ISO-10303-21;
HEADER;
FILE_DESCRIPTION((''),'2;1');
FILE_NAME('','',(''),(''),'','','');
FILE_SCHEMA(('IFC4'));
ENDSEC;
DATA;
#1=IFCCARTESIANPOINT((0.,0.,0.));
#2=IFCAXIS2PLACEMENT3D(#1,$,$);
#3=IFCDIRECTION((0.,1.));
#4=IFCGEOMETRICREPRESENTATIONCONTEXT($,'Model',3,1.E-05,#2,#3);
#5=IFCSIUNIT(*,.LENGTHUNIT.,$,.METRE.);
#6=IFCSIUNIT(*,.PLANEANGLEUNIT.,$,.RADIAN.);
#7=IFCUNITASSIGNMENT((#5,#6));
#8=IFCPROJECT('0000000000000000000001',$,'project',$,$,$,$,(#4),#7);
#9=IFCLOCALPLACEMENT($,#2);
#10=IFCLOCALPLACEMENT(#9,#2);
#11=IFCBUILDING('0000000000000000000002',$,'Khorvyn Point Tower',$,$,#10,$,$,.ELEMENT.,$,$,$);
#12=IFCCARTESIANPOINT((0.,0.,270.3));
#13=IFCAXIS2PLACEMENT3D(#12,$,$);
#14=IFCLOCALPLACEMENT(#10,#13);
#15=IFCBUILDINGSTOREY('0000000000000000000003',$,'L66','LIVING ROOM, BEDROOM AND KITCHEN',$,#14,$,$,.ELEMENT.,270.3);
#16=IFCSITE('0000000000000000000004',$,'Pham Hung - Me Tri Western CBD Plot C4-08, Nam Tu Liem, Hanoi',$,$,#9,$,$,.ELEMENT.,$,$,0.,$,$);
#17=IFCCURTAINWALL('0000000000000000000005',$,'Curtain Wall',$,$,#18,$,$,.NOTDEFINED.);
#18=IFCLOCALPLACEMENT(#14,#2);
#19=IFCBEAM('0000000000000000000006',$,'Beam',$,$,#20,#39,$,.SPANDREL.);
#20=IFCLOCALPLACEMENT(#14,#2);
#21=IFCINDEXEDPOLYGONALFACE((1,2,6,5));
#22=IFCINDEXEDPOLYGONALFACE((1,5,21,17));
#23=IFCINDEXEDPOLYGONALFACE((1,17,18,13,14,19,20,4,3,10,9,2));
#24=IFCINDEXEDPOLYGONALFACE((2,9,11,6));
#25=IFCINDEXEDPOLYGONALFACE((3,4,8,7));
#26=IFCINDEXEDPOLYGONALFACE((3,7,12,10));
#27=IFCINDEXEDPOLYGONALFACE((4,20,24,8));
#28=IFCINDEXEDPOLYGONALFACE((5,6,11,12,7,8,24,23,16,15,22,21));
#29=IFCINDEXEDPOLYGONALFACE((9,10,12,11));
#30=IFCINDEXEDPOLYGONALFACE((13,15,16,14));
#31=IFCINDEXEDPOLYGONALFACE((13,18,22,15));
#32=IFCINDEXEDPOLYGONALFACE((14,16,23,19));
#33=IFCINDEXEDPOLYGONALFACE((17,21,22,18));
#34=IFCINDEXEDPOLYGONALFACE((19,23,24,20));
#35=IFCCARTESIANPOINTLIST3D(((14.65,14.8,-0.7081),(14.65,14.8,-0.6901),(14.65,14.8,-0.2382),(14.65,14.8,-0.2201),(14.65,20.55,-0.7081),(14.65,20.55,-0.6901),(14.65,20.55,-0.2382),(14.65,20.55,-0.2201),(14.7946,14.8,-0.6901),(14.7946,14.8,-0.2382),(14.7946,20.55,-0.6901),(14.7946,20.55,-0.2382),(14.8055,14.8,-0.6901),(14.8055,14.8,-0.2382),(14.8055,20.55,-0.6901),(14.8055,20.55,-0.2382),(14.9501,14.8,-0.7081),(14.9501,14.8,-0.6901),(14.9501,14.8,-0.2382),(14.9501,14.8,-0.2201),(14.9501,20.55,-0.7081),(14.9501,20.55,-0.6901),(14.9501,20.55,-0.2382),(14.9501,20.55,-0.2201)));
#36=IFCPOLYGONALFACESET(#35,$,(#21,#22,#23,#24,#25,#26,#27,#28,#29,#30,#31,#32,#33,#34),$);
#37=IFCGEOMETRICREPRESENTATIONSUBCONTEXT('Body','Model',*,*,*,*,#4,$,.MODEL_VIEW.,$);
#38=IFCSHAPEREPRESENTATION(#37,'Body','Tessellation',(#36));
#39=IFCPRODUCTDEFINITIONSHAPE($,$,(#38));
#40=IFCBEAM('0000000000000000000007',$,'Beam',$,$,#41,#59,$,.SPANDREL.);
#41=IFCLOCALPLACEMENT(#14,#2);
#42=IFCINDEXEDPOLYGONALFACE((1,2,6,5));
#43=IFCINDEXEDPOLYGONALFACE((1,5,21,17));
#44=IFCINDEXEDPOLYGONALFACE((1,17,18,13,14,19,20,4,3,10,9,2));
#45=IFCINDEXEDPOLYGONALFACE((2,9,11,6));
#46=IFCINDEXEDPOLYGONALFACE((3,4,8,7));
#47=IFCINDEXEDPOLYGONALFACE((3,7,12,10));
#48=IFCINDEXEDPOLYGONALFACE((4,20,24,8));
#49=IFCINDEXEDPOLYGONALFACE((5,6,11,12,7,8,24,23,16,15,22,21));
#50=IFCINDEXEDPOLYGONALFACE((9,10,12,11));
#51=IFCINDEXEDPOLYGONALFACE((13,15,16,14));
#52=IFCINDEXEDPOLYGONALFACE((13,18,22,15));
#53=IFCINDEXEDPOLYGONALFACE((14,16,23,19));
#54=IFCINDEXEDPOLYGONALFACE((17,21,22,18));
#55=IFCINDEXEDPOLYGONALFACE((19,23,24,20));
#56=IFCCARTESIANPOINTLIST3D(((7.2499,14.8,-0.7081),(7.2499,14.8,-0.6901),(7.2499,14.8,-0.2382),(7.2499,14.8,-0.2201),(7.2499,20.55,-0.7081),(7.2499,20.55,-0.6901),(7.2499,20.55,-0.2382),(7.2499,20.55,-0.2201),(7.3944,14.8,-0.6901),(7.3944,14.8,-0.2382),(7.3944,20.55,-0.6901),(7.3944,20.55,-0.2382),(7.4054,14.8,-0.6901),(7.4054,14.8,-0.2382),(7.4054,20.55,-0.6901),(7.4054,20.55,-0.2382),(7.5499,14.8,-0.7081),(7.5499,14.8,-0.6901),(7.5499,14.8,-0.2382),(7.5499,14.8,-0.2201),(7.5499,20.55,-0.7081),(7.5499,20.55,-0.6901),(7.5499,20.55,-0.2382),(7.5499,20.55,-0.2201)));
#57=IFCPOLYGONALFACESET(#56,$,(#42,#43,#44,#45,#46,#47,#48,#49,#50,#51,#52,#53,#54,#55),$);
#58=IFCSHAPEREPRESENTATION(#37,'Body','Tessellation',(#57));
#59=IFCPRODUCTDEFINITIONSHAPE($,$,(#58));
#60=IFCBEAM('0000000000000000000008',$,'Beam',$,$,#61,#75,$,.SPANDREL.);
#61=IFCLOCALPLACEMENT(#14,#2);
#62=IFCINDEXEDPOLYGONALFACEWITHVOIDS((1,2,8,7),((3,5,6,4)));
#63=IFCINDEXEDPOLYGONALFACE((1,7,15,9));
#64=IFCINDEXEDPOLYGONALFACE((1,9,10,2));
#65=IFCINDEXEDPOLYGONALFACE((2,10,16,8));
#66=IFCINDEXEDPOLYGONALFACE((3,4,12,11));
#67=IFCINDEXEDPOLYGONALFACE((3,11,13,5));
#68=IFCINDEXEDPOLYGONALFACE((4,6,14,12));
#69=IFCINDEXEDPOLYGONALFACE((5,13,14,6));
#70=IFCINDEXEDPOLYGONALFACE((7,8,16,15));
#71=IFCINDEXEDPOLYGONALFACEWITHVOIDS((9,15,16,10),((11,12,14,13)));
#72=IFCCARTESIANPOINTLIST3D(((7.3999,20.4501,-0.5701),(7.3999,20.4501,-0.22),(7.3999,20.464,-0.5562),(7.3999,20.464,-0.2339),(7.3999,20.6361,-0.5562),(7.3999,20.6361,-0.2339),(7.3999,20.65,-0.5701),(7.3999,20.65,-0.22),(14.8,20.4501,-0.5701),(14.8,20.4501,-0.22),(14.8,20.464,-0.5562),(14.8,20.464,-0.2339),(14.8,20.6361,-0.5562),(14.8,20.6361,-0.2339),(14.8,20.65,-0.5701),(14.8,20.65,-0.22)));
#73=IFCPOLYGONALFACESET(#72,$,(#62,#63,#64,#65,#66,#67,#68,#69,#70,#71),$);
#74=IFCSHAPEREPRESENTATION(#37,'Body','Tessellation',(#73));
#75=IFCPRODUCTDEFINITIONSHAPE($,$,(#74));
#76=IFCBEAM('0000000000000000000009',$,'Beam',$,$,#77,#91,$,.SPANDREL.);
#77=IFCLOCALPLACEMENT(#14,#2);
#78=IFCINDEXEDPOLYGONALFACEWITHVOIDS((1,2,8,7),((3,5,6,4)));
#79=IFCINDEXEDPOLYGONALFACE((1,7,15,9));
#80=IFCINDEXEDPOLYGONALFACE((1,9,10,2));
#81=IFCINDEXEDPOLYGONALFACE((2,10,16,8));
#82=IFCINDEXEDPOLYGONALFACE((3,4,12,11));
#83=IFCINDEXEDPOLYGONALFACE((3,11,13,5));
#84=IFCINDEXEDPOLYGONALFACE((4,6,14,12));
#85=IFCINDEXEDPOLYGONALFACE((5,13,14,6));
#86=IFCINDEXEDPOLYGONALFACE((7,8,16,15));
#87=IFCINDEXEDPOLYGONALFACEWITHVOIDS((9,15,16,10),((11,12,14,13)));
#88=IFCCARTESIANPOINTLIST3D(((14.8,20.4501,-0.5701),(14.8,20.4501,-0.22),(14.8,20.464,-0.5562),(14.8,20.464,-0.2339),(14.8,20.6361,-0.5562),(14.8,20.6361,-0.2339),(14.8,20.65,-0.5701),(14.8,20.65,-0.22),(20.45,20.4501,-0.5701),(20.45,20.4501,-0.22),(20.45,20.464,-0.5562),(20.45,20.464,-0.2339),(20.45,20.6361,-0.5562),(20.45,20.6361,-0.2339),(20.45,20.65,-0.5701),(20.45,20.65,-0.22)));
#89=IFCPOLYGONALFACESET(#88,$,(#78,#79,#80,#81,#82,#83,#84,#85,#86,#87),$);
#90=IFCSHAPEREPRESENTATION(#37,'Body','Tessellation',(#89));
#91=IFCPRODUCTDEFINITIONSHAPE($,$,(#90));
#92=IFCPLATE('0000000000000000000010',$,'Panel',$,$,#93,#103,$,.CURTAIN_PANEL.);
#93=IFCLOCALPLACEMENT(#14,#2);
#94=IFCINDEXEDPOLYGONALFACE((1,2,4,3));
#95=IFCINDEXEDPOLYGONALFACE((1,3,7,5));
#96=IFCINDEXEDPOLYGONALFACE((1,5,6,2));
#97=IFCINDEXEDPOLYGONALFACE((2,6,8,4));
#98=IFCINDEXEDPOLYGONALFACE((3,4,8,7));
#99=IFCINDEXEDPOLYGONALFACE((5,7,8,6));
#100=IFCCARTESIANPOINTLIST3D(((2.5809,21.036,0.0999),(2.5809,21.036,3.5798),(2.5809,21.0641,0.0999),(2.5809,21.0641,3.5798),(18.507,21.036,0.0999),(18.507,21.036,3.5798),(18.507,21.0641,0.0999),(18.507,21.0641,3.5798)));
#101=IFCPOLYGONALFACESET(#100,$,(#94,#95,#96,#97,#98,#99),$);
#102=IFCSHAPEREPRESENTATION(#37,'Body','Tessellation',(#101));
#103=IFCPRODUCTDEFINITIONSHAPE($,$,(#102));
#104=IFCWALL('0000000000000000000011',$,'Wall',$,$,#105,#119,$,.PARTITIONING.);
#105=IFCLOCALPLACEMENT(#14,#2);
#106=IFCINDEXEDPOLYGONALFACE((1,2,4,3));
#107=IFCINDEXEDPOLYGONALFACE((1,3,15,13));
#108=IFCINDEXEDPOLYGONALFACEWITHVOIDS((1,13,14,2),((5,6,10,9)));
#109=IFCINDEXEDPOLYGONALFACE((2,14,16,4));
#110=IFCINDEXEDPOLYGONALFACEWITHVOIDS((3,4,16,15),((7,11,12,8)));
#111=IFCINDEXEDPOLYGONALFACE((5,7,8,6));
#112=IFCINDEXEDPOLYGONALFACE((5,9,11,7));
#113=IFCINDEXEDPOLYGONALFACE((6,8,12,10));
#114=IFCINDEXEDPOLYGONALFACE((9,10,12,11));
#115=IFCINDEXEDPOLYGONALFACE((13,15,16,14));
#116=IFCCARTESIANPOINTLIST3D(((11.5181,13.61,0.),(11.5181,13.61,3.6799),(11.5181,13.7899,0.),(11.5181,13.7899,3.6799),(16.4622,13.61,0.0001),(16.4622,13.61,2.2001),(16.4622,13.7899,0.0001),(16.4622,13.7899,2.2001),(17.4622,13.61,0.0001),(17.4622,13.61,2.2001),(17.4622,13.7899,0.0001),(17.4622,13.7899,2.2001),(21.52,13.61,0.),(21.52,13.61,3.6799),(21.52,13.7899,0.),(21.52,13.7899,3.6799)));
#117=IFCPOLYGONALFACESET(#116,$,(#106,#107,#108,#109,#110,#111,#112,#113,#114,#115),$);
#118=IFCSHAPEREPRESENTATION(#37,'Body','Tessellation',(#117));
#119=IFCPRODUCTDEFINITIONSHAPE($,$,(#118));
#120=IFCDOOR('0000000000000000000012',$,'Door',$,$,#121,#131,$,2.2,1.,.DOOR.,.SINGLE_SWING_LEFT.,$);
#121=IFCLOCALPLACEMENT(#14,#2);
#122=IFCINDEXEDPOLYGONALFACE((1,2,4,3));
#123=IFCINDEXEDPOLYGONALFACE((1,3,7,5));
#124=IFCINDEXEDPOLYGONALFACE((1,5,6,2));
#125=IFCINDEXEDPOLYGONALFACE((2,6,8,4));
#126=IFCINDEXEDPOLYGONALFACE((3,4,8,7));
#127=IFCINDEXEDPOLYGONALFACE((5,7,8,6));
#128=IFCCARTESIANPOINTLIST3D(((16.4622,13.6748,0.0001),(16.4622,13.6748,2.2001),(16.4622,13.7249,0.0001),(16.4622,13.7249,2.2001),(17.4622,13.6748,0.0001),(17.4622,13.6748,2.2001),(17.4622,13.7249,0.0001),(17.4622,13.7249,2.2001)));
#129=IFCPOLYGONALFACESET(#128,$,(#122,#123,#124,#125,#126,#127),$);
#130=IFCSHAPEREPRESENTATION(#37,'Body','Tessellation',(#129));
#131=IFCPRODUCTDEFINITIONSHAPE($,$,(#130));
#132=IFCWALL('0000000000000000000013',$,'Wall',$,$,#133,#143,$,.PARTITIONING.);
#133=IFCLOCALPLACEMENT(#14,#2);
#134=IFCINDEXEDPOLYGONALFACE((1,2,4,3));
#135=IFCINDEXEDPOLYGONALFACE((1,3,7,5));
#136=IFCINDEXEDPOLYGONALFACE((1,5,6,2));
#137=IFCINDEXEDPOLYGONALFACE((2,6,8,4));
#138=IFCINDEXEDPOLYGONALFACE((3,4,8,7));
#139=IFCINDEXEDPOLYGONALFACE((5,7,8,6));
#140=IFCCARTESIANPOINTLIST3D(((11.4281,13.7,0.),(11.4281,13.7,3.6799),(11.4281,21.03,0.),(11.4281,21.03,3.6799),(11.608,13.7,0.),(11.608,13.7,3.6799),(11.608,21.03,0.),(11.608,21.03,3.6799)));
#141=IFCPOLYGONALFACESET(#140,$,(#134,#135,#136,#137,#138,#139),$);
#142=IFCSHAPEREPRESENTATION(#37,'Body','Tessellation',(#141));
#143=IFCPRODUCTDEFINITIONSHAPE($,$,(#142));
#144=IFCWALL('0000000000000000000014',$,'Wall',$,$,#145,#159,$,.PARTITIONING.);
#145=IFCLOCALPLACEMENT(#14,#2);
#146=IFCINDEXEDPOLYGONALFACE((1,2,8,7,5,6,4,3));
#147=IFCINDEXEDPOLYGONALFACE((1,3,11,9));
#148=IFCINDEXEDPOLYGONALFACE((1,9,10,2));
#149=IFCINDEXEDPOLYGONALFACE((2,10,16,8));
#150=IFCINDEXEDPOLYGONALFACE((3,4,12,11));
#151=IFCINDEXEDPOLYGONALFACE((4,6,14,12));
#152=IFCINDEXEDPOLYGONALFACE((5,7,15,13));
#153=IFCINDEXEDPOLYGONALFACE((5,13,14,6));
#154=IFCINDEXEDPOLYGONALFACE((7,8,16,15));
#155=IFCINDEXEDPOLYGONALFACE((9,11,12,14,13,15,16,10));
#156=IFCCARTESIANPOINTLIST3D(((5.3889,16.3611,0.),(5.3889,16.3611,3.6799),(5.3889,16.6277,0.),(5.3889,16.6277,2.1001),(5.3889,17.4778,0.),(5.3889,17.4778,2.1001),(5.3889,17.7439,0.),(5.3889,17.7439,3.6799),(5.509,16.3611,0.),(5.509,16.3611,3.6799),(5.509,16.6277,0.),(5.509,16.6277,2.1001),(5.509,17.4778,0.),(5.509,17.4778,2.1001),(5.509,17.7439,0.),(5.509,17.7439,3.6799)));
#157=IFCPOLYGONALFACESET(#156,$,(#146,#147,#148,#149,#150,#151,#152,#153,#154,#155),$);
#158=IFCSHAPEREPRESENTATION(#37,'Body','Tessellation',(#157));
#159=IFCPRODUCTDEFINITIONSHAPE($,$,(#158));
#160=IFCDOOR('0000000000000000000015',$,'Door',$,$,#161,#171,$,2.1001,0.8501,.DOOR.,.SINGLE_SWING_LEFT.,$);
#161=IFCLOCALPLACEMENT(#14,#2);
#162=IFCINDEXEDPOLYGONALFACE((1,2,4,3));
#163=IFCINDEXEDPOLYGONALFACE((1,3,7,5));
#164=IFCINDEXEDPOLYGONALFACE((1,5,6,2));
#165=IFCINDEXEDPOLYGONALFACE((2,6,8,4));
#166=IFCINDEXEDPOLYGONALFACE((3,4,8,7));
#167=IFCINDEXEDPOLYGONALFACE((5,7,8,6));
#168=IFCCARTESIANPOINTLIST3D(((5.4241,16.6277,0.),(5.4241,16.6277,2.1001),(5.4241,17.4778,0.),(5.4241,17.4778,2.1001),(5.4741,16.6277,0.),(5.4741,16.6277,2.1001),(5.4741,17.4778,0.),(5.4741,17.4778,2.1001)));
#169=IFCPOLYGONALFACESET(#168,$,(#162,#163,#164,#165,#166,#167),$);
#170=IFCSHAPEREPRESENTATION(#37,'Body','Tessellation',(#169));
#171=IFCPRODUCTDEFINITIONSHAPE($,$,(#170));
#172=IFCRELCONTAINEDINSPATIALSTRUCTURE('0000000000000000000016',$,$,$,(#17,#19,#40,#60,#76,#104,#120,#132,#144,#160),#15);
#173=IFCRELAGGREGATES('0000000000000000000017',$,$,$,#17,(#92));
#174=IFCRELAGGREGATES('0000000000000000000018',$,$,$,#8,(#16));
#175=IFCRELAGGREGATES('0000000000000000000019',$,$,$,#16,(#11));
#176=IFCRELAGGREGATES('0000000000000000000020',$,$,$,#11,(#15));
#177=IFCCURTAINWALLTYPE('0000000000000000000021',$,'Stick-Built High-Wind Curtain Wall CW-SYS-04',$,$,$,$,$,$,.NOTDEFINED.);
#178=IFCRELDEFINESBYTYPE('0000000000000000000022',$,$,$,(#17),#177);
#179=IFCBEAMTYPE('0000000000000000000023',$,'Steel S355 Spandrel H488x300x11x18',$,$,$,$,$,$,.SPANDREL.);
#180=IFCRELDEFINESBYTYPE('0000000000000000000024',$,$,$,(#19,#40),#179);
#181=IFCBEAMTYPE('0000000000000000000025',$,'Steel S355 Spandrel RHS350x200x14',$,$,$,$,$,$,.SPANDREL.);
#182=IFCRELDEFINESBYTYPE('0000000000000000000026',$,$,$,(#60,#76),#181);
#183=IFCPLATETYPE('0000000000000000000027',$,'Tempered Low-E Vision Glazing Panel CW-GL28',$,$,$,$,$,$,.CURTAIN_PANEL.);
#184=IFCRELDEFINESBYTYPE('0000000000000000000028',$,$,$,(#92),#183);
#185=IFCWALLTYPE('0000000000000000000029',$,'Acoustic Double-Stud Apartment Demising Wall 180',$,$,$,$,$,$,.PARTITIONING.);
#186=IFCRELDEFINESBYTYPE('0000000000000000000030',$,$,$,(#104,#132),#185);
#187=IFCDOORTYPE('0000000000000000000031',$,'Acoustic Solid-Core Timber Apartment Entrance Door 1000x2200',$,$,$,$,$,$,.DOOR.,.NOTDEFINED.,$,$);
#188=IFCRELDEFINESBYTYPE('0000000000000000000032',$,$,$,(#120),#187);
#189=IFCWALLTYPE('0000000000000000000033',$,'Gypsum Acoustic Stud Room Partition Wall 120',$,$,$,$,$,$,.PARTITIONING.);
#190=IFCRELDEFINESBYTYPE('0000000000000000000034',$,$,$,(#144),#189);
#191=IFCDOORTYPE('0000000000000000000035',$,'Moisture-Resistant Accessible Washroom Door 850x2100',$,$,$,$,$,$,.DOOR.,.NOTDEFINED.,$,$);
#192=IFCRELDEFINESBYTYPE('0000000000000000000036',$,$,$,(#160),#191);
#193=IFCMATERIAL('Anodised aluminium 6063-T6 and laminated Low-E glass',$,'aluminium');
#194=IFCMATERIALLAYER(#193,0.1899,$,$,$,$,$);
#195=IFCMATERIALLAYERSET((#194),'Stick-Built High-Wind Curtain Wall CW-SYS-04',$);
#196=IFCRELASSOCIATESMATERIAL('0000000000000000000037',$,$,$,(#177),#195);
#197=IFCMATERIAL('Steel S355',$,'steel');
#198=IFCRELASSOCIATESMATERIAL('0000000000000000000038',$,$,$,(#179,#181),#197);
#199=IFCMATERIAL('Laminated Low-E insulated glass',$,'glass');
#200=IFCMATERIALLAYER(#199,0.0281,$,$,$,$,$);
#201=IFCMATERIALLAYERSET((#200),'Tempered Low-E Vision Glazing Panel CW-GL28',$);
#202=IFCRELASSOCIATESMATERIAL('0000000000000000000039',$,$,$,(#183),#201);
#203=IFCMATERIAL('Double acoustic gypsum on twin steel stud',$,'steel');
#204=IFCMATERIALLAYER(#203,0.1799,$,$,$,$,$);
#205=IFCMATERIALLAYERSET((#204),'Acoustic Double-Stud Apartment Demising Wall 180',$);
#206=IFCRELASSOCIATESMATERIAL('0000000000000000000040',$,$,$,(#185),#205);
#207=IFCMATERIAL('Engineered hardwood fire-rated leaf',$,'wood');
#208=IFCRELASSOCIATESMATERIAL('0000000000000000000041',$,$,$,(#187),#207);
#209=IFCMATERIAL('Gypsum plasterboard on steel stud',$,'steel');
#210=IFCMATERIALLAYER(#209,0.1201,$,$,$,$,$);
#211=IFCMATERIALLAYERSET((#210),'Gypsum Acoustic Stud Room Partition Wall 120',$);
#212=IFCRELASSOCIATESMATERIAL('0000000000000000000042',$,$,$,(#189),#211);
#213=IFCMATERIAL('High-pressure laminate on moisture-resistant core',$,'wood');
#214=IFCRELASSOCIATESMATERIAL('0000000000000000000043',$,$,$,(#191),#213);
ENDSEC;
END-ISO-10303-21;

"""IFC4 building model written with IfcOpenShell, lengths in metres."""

from ifc_helpers import new_model, si_unit, direction, frame, frame_2d, origin, origin_2d, place, context, subcontext, project, spatial, rectangle, hollow_rectangle, i_section, extrude, material, layer, layer_set, material_profile, profile_set, type_object, element, fill, aggregate, save


model = new_model("IFC4")

# Units and contexts
model_context = context("Model", 3, precision=1e-05, world=origin(), true_north=direction((0.0, 1.0)))
body_context = subcontext(model_context, "Body", "Model", "MODEL_VIEW")
ifc_project = project(units=[si_unit("LENGTHUNIT", "METRE"), si_unit("PLANEANGLEUNIT", "RADIAN")], contexts=[model_context])

# Site, building, storey
site_placement = place(None, origin())
site = spatial("IfcSite", under=ifc_project, at=site_placement, Name="Pham Hung - Me Tri Western CBD Plot C4-08, Nam Tu Liem, Hanoi", CompositionType="ELEMENT", RefElevation=0.0)
building_placement = place(site_placement, origin())
building = spatial("IfcBuilding", under=site, at=building_placement, Name="Khorvyn Point Tower", CompositionType="ELEMENT")
storey_placement = place(building_placement, frame((0.0, 0.0, 270.3)))
storey = spatial("IfcBuildingStorey", under=building, at=storey_placement, Name="L66", Description="LIVING ROOM, BEDROOM AND KITCHEN", CompositionType="ELEMENT", Elevation=270.3)

# Shared definitions
ifc_material_1 = material(Name="Steel S355", Category="steel")

# Curtain wall
ifc_material_2 = material(Name="Anodised aluminium 6063-T6 and laminated Low-E glass", Category="aluminium")
ifc_layer_1 = layer(ifc_material_2, 0.1899)
ifc_layer_set_1 = layer_set([ifc_layer_1], Name="Stick-Built High-Wind Curtain Wall CW-SYS-04")
curtain_wall_type = type_object("IfcCurtainWallType", Name="Stick-Built High-Wind Curtain Wall CW-SYS-04", PredefinedType="NOTDEFINED", material=ifc_layer_set_1)
curtain_wall_placement = place(storey_placement, origin())
curtain_wall = element("IfcCurtainWall", 1, at=curtain_wall_placement, inside=storey, type_object=curtain_wall_type, Name="Curtain Wall", PredefinedType="NOTDEFINED")

# Beams
ifc_material_profile_1 = material_profile(ifc_material_1, i_section(OverallWidth=0.3, OverallDepth=0.488, WebThickness=0.011, FlangeThickness=0.0181, at=origin_2d()))
ifc_profile_set_1 = profile_set([ifc_material_profile_1], Name="Steel S355 H488x300x11x18")
beam_type_1 = type_object("IfcBeamType", Name="Steel S355 Spandrel H488x300x11x18", PredefinedType="SPANDREL", material=ifc_profile_set_1)
for number, where, z_axis, x_axis, name in (
    (2, (14.8, 14.8, -0.4641), (0.0, 1.0, 0.0), (-1.0, 0.0, 0.0), "Beam"),
    (3, (7.3999, 14.8, -0.4641), (0.0, 1.0, 0.0), (-1.0, 0.0, 0.0), "Beam"),
):
    element("IfcBeam", number, at=place(storey_placement, frame(where, z_axis=z_axis, x_axis=x_axis)), inside=storey, type_object=beam_type_1, Name=name, PredefinedType="SPANDREL", context=body_context, shape_type="SweptSolid", body=[
        extrude(i_section(OverallWidth=0.3, OverallDepth=0.488, WebThickness=0.011, FlangeThickness=0.0181, at=origin_2d()), origin(), (0.0, 0.0, 1.0), 5.75),
    ])
ifc_material_profile_2 = material_profile(ifc_material_1, hollow_rectangle(XDim=0.2, YDim=0.3501, WallThickness=0.0139, at=origin_2d()))
ifc_profile_set_2 = profile_set([ifc_material_profile_2], Name="Steel S355 RHS350x200x14")
beam_type_2 = type_object("IfcBeamType", Name="Steel S355 Spandrel RHS350x200x14", PredefinedType="SPANDREL", material=ifc_profile_set_2)
beam_1_placement = place(storey_placement, frame((7.3999, 20.55, -0.395), z_axis=(1.0, 0.0, 0.0), x_axis=(0.0, 1.0, 0.0)))
element("IfcBeam", 4, at=beam_1_placement, inside=storey, type_object=beam_type_2, Name="Beam", PredefinedType="SPANDREL", context=body_context, shape_type="SweptSolid", body=[
    extrude(hollow_rectangle(XDim=0.2, YDim=0.3501, WallThickness=0.0139, at=origin_2d()), origin(), (0.0, 0.0, 1.0), 7.4001),
])
beam_2_placement = place(storey_placement, frame((14.8, 20.55, -0.395), z_axis=(1.0, 0.0, 0.0), x_axis=(0.0, 1.0, 0.0)))
element("IfcBeam", 5, at=beam_2_placement, inside=storey, type_object=beam_type_2, Name="Beam", PredefinedType="SPANDREL", context=body_context, shape_type="SweptSolid", body=[
    extrude(hollow_rectangle(XDim=0.2, YDim=0.3501, WallThickness=0.0139, at=origin_2d()), origin(), (0.0, 0.0, 1.0), 5.6499),
])

# Plate
ifc_material_3 = material(Name="Laminated Low-E insulated glass", Category="glass")
ifc_layer_2 = layer(ifc_material_3, 0.0281)
ifc_layer_set_2 = layer_set([ifc_layer_2], Name="Tempered Low-E Vision Glazing Panel CW-GL28")
plate_type = type_object("IfcPlateType", Name="Tempered Low-E Vision Glazing Panel CW-GL28", PredefinedType="CURTAIN_PANEL", material=ifc_layer_set_2)
plate_placement = place(storey_placement, frame((10.5439, 21.05, 0.0999), z_axis=(0.0, 0.0, 1.0), x_axis=(1.0, 0.0, 0.0)))
plate = element("IfcPlate", 6, at=plate_placement, type_object=plate_type, Name="Panel", PredefinedType="CURTAIN_PANEL", context=body_context, shape_type="SweptSolid", body=[
    extrude(rectangle(XDim=15.926, YDim=0.0281, at=origin_2d()), origin(), (0.0, 0.0, 1.0), 3.48),
])
aggregate(curtain_wall, [plate])

# Wall, opening, door
ifc_material_4 = material(Name="Double acoustic gypsum on twin steel stud", Category="steel")
ifc_layer_3 = layer(ifc_material_4, 0.1799)
ifc_layer_set_3 = layer_set([ifc_layer_3], Name="Acoustic Double-Stud Apartment Demising Wall 180")
wall_type_1 = type_object("IfcWallType", Name="Acoustic Double-Stud Apartment Demising Wall 180", PredefinedType="PARTITIONING", material=ifc_layer_set_3)
wall_1_placement = place(storey_placement, frame((11.5181, 13.7, 0.0), z_axis=(0.0, 0.0, 1.0), x_axis=(1.0, 0.0, 0.0)))
wall_1 = element("IfcWall", 7, at=wall_1_placement, inside=storey, type_object=wall_type_1, Name="Wall", PredefinedType="PARTITIONING", context=body_context, shape_type="SweptSolid", body=[
    extrude(rectangle(XDim=10.002, YDim=0.1799, at=frame_2d((5.001, 0.0))), origin(), (0.0, 0.0, 1.0), 3.6799),
])
opening_1_placement = place(wall_1_placement, frame((4.9441, 0.0, 0.0)))
opening_1 = element("IfcOpeningElement", 8, at=opening_1_placement, cuts=wall_1, PredefinedType="OPENING", context=body_context, shape_type="SweptSolid", body=[
    extrude(rectangle(XDim=1.0, YDim=2.2, at=frame_2d((0.5, 1.1001))), frame((0.0, 0.0999, 0.0), z_axis=(0.0, -1.0, 0.0), x_axis=(1.0, 0.0, 0.0)), (0.0, 0.0, 1.0), 0.2),
])
ifc_material_5 = material(Name="Engineered hardwood fire-rated leaf", Category="wood")
door_type_1 = type_object("IfcDoorType", Name="Acoustic Solid-Core Timber Apartment Entrance Door 1000x2200", OperationType="NOTDEFINED", PredefinedType="DOOR", material=ifc_material_5)
door_1_placement = place(opening_1_placement, origin())
door_1 = element("IfcDoor", 9, at=door_1_placement, inside=storey, type_object=door_type_1, Name="Door", OperationType="SINGLE_SWING_LEFT", OverallHeight=2.2, OverallWidth=1.0, PredefinedType="DOOR", context=body_context, shape_type="SweptSolid", body=[
    extrude(rectangle(XDim=1.0, YDim=2.2, at=frame_2d((0.5, 1.1001))), frame((0.0, 0.0249, 0.0), z_axis=(0.0, -1.0, 0.0), x_axis=(1.0, 0.0, 0.0)), (0.0, 0.0, 1.0), 0.05),
])
fill(opening_1, door_1)

# Wall
wall_2_placement = place(storey_placement, frame((11.5181, 13.7, 0.0), z_axis=(0.0, 0.0, 1.0), x_axis=(0.0, 1.0, 0.0)))
element("IfcWall", 10, at=wall_2_placement, inside=storey, type_object=wall_type_1, Name="Wall", PredefinedType="PARTITIONING", context=body_context, shape_type="SweptSolid", body=[
    extrude(rectangle(XDim=7.3301, YDim=0.1799, at=frame_2d((3.665, 0.0))), origin(), (0.0, 0.0, 1.0), 3.6799),
])

# Wall, opening, door
ifc_material_6 = material(Name="Gypsum plasterboard on steel stud", Category="steel")
ifc_layer_4 = layer(ifc_material_6, 0.1201)
ifc_layer_set_4 = layer_set([ifc_layer_4], Name="Gypsum Acoustic Stud Room Partition Wall 120")
wall_type_2 = type_object("IfcWallType", Name="Gypsum Acoustic Stud Room Partition Wall 120", PredefinedType="PARTITIONING", material=ifc_layer_set_4)
wall_3_placement = place(storey_placement, frame((5.449, 16.3611, 0.0), z_axis=(0.0, 0.0, 1.0), x_axis=(0.0, 1.0, 0.0)))
wall_3 = element("IfcWall", 11, at=wall_3_placement, inside=storey, type_object=wall_type_2, Name="Wall", PredefinedType="PARTITIONING", context=body_context, shape_type="SweptSolid", body=[
    extrude(rectangle(XDim=1.3828, YDim=0.1201, at=frame_2d((0.6914, 0.0))), origin(), (0.0, 0.0, 1.0), 3.6799),
])
opening_2_placement = place(wall_3_placement, frame((0.2666, 0.0, 0.0)))
opening_2 = element("IfcOpeningElement", 12, at=opening_2_placement, cuts=wall_3, PredefinedType="OPENING", context=body_context, shape_type="SweptSolid", body=[
    extrude(rectangle(XDim=0.8501, YDim=2.1001, at=frame_2d((0.425, 1.05))), frame((0.0, 0.0701, 0.0), z_axis=(0.0, -1.0, 0.0), x_axis=(1.0, 0.0, 0.0)), (0.0, 0.0, 1.0), 0.1401),
])
ifc_material_7 = material(Name="High-pressure laminate on moisture-resistant core", Category="wood")
door_type_2 = type_object("IfcDoorType", Name="Moisture-Resistant Accessible Washroom Door 850x2100", OperationType="NOTDEFINED", PredefinedType="DOOR", material=ifc_material_7)
door_2_placement = place(opening_2_placement, origin())
door_2 = element("IfcDoor", 13, at=door_2_placement, inside=storey, type_object=door_type_2, Name="Door", OperationType="SINGLE_SWING_LEFT", OverallHeight=2.1001, OverallWidth=0.8501, PredefinedType="DOOR", context=body_context, shape_type="SweptSolid", body=[
    extrude(rectangle(XDim=0.8501, YDim=2.1001, at=frame_2d((0.425, 1.05))), frame((0.0, 0.0249, 0.0), z_axis=(0.0, -1.0, 0.0), x_axis=(1.0, 0.0, 0.0)), (0.0, 0.0, 1.0), 0.05),
])
fill(opening_2, door_2)

save(model, "model.ifc")
